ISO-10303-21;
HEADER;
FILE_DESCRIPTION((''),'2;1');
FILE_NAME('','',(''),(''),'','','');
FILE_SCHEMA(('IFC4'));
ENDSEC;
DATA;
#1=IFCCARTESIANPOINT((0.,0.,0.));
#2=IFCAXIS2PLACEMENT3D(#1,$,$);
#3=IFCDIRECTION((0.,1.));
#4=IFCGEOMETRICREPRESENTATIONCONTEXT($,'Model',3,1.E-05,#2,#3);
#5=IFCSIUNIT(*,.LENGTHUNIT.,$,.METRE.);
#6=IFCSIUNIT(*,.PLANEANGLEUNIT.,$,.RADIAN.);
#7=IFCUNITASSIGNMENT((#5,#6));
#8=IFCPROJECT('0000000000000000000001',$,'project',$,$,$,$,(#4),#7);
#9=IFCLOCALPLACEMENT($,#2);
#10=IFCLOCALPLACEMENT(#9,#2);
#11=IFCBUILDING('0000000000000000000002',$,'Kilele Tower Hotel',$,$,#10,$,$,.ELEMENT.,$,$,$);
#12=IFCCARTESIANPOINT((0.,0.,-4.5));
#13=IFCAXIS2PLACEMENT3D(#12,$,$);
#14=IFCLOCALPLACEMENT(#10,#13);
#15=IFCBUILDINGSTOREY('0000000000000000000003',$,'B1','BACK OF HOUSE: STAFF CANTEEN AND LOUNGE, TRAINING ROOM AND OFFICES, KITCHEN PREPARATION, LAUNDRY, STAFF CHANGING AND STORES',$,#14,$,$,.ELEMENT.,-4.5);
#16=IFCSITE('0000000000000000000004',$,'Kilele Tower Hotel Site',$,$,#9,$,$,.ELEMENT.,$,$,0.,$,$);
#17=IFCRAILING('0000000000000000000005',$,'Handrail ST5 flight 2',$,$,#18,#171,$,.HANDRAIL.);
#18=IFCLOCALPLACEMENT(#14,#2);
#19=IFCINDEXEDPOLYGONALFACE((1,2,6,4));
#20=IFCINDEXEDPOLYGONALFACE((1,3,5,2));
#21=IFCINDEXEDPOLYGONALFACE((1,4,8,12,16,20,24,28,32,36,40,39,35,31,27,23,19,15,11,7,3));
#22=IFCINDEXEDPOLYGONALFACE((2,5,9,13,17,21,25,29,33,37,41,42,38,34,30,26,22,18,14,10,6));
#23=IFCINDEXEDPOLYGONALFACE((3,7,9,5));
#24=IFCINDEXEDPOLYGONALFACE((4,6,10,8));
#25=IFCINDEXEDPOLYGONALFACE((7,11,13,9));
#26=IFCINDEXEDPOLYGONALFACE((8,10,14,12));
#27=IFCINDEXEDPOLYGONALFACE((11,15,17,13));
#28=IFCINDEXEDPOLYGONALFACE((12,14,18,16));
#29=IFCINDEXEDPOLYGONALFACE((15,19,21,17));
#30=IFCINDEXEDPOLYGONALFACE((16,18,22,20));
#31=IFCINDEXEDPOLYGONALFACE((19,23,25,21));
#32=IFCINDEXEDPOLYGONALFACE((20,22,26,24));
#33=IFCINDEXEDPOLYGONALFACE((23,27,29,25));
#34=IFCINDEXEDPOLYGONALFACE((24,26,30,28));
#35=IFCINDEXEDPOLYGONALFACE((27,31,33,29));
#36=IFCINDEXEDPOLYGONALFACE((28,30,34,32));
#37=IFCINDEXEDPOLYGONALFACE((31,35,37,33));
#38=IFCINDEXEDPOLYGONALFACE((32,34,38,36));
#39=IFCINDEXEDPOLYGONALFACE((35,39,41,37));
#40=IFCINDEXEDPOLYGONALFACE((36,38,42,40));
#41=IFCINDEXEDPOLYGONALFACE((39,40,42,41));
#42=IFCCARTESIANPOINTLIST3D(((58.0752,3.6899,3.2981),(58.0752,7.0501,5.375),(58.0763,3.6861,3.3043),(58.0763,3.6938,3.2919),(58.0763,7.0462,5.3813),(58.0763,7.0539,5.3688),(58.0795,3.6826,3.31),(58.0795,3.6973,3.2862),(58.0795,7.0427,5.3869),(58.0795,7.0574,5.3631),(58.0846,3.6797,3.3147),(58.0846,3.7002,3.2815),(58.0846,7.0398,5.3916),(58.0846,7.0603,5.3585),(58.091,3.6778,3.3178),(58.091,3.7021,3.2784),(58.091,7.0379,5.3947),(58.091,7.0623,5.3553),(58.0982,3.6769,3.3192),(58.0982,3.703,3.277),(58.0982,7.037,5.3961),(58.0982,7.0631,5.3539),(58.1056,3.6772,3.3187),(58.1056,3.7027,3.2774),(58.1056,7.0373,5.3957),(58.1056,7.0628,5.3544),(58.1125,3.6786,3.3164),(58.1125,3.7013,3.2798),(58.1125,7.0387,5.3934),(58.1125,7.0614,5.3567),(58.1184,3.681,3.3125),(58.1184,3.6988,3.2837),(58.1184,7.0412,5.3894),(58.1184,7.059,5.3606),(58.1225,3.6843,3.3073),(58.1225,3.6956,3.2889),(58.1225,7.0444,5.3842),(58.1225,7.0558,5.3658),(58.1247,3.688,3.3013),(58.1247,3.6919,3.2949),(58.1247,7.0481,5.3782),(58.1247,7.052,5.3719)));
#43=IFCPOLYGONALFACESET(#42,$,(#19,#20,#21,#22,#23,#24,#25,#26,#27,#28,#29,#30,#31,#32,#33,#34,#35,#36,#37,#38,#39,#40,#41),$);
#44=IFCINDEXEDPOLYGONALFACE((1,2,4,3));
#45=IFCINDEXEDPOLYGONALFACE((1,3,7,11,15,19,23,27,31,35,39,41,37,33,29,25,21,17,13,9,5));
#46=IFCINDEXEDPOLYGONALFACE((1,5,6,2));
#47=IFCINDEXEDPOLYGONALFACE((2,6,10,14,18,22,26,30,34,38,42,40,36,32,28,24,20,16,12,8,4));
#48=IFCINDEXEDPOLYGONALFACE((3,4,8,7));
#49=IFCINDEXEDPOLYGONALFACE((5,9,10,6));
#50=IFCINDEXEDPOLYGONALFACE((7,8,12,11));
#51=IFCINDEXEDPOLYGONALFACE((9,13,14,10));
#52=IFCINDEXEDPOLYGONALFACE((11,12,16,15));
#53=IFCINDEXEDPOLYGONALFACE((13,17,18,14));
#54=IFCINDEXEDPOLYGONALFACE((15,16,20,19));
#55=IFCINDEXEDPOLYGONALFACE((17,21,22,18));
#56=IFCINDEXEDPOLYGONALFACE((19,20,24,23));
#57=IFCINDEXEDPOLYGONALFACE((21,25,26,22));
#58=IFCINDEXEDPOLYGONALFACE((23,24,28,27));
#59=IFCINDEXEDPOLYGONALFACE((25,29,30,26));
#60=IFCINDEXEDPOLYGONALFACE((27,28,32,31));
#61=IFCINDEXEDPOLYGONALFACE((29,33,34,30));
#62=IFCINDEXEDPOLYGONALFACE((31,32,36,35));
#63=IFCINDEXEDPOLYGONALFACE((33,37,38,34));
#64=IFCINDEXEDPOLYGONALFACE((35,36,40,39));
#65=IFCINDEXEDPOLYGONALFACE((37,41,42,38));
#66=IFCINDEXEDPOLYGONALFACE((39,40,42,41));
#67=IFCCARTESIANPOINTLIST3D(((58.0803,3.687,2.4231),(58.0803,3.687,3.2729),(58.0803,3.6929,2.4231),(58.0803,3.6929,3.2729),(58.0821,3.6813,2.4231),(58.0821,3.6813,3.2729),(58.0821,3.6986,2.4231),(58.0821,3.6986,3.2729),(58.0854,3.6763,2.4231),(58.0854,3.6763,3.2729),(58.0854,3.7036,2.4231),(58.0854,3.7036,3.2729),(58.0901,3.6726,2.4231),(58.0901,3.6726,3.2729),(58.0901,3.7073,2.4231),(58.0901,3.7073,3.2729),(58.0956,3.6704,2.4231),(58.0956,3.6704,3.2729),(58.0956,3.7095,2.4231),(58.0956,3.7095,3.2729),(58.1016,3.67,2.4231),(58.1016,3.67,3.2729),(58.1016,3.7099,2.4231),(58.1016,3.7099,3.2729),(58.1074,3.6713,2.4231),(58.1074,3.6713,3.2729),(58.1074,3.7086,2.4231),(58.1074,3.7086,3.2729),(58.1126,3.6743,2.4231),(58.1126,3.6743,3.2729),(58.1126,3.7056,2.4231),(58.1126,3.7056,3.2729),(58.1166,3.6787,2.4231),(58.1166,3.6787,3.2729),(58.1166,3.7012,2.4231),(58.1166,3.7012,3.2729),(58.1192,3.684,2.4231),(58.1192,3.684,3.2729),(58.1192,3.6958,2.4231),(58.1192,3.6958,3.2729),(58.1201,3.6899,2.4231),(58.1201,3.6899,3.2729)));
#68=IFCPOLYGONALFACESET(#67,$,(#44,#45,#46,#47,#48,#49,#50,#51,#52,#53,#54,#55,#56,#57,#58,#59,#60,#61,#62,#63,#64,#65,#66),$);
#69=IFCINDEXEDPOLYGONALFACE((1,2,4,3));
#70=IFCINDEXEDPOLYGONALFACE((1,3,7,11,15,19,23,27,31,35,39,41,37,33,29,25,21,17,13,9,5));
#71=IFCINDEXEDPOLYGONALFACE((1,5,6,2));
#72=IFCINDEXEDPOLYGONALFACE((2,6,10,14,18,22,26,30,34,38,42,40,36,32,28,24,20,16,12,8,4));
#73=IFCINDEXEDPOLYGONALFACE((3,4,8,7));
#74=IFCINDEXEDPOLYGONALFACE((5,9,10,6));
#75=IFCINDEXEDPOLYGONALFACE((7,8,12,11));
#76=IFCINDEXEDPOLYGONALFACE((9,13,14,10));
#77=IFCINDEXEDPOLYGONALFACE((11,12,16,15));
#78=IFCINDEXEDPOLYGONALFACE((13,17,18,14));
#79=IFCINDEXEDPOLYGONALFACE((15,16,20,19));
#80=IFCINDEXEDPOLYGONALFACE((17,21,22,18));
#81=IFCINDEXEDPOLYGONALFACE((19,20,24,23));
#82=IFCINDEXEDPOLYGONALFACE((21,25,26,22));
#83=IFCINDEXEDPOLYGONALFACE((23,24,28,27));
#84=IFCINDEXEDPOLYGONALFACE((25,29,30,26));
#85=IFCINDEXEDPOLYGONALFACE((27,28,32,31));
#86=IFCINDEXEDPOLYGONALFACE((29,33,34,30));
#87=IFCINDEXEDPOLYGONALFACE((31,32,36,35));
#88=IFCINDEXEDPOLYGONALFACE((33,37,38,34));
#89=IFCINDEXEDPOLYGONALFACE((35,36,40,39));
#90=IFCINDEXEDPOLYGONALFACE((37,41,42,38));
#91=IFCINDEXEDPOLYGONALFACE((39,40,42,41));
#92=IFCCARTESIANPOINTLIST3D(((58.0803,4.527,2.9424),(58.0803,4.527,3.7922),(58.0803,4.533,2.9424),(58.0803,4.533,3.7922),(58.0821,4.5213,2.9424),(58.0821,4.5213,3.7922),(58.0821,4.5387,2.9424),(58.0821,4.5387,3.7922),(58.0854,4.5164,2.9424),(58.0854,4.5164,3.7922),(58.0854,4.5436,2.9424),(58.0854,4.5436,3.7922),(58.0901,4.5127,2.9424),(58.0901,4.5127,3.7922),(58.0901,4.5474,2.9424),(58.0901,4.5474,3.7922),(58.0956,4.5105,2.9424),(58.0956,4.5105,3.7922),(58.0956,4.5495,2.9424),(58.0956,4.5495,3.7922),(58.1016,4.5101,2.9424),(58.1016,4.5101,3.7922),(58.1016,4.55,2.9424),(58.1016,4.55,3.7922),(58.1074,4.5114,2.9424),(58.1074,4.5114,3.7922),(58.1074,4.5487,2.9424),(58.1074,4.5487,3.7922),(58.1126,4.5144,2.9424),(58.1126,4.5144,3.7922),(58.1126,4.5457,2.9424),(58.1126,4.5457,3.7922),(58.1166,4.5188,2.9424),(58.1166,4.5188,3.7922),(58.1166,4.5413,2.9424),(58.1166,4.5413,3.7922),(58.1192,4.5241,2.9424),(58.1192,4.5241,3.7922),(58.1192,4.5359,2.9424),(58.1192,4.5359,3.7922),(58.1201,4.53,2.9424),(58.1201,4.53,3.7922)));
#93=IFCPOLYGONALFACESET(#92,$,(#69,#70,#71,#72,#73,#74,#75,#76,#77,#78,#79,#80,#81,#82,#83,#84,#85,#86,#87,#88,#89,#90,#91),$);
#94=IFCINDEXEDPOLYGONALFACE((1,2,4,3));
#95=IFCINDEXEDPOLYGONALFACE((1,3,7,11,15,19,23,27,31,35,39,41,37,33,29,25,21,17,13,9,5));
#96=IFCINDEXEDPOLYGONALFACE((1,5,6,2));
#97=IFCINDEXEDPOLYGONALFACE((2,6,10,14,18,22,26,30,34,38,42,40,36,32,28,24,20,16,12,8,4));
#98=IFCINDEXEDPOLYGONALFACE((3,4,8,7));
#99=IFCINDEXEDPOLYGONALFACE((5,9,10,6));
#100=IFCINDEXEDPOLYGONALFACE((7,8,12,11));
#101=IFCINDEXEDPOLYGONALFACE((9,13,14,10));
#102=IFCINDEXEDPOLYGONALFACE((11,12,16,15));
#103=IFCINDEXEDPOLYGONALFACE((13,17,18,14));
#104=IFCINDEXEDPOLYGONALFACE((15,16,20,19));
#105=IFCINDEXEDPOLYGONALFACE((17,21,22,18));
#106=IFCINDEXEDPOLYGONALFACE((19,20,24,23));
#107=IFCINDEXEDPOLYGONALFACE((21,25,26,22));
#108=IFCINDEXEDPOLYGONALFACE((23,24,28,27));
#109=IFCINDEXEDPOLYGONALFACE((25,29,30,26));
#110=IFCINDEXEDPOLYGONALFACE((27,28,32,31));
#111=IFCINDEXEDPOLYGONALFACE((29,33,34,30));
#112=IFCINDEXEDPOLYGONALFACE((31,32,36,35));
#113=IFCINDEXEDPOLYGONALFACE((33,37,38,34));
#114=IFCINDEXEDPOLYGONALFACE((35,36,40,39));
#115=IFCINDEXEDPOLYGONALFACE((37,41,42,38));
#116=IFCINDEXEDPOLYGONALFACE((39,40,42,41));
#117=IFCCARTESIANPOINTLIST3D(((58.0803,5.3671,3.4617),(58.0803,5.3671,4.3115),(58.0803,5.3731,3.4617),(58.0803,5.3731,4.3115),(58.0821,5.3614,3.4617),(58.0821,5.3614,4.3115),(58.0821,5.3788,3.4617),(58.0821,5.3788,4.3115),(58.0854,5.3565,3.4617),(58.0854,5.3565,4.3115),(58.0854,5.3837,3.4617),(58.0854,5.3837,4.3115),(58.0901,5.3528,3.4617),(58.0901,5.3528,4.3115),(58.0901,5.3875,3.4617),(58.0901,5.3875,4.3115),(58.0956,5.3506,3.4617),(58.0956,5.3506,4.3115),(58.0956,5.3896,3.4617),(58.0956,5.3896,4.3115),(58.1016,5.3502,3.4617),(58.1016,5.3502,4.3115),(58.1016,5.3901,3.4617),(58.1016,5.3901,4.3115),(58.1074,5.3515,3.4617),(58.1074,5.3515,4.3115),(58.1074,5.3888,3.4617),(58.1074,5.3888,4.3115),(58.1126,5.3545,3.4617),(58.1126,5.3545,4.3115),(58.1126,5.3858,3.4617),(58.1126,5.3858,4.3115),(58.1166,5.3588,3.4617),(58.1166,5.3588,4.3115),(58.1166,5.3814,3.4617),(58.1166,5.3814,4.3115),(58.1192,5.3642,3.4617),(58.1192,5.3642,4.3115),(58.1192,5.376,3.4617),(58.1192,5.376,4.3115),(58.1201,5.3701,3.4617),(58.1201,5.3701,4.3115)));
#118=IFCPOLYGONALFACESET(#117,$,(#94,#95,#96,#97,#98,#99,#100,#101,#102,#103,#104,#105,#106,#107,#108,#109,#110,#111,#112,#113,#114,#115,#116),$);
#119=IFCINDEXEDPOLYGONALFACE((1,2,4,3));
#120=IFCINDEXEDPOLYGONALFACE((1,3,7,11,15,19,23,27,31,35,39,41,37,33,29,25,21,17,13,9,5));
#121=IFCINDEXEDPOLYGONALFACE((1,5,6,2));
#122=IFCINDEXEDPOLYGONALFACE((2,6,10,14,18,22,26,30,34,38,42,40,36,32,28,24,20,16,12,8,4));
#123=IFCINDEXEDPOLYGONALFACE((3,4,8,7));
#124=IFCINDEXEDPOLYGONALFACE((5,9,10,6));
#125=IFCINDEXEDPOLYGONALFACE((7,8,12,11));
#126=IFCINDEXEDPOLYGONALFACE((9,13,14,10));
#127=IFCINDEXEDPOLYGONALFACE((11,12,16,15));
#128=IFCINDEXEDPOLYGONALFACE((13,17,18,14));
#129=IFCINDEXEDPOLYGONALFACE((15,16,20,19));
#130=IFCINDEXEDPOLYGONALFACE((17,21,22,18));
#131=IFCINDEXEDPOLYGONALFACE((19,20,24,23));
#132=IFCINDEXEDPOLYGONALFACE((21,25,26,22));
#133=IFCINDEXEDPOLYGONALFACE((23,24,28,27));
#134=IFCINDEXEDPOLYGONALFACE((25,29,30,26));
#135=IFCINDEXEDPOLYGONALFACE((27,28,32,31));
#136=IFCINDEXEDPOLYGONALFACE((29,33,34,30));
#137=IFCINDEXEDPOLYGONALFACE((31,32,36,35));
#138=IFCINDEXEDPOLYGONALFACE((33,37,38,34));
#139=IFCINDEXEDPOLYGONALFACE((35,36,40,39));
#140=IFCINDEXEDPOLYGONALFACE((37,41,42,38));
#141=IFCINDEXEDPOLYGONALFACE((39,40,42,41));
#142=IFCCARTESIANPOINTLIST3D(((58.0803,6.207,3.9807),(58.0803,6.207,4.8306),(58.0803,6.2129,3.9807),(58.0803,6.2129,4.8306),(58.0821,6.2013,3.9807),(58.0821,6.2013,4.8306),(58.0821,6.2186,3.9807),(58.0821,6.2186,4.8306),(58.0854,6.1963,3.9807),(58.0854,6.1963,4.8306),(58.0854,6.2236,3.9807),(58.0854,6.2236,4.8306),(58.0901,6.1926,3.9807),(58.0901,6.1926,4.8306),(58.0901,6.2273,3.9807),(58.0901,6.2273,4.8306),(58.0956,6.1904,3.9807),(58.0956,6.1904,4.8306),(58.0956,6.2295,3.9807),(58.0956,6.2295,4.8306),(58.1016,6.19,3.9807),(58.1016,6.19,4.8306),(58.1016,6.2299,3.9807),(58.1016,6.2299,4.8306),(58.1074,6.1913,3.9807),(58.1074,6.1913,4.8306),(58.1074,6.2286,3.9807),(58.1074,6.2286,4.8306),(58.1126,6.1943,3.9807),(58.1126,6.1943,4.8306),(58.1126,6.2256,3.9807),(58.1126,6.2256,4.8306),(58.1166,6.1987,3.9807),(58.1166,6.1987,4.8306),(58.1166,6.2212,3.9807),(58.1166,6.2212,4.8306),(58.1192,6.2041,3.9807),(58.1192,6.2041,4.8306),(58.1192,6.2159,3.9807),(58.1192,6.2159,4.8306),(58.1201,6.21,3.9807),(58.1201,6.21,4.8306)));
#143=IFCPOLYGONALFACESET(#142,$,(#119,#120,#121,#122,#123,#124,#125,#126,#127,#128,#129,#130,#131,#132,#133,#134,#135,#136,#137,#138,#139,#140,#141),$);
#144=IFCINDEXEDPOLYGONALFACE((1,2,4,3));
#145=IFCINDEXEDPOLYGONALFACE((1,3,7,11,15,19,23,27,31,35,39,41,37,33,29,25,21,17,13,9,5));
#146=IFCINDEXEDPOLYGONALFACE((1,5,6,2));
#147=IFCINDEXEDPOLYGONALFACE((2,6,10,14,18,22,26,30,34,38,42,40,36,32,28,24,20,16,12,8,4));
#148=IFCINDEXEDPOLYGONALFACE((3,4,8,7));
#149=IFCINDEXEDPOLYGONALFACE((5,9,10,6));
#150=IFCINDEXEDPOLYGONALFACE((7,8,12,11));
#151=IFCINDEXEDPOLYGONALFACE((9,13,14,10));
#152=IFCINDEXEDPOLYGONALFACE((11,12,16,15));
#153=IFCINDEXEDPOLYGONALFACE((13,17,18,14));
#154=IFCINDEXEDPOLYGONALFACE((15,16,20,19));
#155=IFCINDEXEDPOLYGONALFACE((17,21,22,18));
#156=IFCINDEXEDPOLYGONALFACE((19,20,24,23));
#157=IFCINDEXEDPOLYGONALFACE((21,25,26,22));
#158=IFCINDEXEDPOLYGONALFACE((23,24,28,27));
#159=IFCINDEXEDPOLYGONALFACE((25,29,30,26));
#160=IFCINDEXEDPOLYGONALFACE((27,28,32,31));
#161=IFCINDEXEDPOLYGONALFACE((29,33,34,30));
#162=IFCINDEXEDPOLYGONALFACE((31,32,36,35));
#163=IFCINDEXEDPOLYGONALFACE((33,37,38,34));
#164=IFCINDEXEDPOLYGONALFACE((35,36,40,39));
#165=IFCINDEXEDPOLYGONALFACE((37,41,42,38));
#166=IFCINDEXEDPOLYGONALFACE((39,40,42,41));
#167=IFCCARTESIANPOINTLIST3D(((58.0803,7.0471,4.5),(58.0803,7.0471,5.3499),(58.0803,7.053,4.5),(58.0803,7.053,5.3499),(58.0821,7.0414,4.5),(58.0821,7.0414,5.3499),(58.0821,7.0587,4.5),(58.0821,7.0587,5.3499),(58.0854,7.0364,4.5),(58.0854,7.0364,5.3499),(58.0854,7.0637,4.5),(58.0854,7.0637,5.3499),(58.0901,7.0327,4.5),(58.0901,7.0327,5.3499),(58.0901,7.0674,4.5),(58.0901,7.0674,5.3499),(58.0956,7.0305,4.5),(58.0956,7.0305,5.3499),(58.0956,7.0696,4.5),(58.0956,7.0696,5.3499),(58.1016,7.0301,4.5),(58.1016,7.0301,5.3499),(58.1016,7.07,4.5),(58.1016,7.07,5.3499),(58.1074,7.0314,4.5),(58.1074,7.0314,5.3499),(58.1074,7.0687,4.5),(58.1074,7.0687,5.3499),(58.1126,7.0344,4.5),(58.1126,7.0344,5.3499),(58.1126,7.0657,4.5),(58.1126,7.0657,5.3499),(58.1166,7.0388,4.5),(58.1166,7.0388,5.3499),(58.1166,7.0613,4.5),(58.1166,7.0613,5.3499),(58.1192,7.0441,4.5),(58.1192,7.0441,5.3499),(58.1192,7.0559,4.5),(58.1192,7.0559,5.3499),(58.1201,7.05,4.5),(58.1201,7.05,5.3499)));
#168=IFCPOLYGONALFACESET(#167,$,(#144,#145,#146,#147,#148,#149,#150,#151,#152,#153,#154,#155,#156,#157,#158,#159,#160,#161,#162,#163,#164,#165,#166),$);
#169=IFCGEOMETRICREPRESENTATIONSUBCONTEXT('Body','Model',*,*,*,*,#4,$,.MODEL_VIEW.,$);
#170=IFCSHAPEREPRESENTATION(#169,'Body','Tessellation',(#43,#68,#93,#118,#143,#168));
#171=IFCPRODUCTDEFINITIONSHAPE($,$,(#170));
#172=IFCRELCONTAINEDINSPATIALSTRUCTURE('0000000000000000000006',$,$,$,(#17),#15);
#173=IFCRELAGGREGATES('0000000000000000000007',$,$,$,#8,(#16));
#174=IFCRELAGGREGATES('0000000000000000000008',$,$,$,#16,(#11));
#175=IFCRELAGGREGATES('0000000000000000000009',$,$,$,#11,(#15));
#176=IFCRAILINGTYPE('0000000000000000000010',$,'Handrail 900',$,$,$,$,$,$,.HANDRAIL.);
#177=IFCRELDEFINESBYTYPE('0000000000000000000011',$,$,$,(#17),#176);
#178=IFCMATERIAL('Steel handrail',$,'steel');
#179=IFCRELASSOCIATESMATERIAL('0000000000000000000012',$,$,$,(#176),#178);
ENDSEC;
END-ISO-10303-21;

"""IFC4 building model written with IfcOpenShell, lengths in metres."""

from ifc_helpers import new_model, si_unit, direction, frame, origin, origin_2d, place, context, subcontext, project, spatial, circle, extrude, material, type_object, element, save


model = new_model("IFC4")

# Units and contexts
model_context = context("Model", 3, precision=1e-05, world=origin(), true_north=direction((0.0, 1.0)))
body_context = subcontext(model_context, "Body", "Model", "MODEL_VIEW")
ifc_project = project(units=[si_unit("LENGTHUNIT", "METRE"), si_unit("PLANEANGLEUNIT", "RADIAN")], contexts=[model_context])

# Site, building, storey
site_placement = place(None, origin())
site = spatial("IfcSite", under=ifc_project, at=site_placement, Name="Kilele Tower Hotel Site", CompositionType="ELEMENT", RefElevation=0.0)
building_placement = place(site_placement, origin())
building = spatial("IfcBuilding", under=site, at=building_placement, Name="Kilele Tower Hotel", CompositionType="ELEMENT")
storey_placement = place(building_placement, frame((0.0, 0.0, -4.5)))
storey = spatial("IfcBuildingStorey", under=building, at=storey_placement, Name="B1", Description="BACK OF HOUSE: STAFF CANTEEN AND LOUNGE, TRAINING ROOM AND OFFICES, KITCHEN PREPARATION, LAUNDRY, STAFF CHANGING AND STORES", CompositionType="ELEMENT", Elevation=-4.5)

# Railing
ifc_material_1 = material(Name="Steel handrail", Category="steel")
railing_type_1 = type_object("IfcRailingType", Name="Handrail 900", PredefinedType="HANDRAIL", material=ifc_material_1)
for number, where, name in (
    (1, (58.1001, 3.6899, 2.4231), "Handrail ST5 flight 2"),
):
    element("IfcRailing", number, at=place(storey_placement, frame(where)), inside=storey, type_object=railing_type_1, Name=name, PredefinedType="HANDRAIL", context=body_context, shape_type="SweptSolid", body=[
        extrude(circle(Radius=0.0249, at=origin_2d()), frame((0.0, 0.0, 0.875), z_axis=(0.0, 0.850623, 0.525776), x_axis=(-1.0, 0.0, 0.0)), (0.0, 0.0, 1.0), 3.9502),
        extrude(circle(Radius=0.02, at=origin_2d()), origin(), (0.0, 0.0, 1.0), 0.8499),
        extrude(circle(Radius=0.02, at=origin_2d()), frame((0.0, 0.8401, 0.5193)), (0.0, 0.0, 1.0), 0.8499),
        extrude(circle(Radius=0.02, at=origin_2d()), frame((0.0, 1.6802, 1.0386)), (0.0, 0.0, 1.0), 0.8499),
        extrude(circle(Radius=0.02, at=origin_2d()), frame((0.0, 2.52, 1.5576)), (0.0, 0.0, 1.0), 0.8499),
        extrude(circle(Radius=0.02, at=origin_2d()), frame((0.0, 3.3601, 2.0769)), (0.0, 0.0, 1.0), 0.8499),
    ])

save(model, "model.ifc")
